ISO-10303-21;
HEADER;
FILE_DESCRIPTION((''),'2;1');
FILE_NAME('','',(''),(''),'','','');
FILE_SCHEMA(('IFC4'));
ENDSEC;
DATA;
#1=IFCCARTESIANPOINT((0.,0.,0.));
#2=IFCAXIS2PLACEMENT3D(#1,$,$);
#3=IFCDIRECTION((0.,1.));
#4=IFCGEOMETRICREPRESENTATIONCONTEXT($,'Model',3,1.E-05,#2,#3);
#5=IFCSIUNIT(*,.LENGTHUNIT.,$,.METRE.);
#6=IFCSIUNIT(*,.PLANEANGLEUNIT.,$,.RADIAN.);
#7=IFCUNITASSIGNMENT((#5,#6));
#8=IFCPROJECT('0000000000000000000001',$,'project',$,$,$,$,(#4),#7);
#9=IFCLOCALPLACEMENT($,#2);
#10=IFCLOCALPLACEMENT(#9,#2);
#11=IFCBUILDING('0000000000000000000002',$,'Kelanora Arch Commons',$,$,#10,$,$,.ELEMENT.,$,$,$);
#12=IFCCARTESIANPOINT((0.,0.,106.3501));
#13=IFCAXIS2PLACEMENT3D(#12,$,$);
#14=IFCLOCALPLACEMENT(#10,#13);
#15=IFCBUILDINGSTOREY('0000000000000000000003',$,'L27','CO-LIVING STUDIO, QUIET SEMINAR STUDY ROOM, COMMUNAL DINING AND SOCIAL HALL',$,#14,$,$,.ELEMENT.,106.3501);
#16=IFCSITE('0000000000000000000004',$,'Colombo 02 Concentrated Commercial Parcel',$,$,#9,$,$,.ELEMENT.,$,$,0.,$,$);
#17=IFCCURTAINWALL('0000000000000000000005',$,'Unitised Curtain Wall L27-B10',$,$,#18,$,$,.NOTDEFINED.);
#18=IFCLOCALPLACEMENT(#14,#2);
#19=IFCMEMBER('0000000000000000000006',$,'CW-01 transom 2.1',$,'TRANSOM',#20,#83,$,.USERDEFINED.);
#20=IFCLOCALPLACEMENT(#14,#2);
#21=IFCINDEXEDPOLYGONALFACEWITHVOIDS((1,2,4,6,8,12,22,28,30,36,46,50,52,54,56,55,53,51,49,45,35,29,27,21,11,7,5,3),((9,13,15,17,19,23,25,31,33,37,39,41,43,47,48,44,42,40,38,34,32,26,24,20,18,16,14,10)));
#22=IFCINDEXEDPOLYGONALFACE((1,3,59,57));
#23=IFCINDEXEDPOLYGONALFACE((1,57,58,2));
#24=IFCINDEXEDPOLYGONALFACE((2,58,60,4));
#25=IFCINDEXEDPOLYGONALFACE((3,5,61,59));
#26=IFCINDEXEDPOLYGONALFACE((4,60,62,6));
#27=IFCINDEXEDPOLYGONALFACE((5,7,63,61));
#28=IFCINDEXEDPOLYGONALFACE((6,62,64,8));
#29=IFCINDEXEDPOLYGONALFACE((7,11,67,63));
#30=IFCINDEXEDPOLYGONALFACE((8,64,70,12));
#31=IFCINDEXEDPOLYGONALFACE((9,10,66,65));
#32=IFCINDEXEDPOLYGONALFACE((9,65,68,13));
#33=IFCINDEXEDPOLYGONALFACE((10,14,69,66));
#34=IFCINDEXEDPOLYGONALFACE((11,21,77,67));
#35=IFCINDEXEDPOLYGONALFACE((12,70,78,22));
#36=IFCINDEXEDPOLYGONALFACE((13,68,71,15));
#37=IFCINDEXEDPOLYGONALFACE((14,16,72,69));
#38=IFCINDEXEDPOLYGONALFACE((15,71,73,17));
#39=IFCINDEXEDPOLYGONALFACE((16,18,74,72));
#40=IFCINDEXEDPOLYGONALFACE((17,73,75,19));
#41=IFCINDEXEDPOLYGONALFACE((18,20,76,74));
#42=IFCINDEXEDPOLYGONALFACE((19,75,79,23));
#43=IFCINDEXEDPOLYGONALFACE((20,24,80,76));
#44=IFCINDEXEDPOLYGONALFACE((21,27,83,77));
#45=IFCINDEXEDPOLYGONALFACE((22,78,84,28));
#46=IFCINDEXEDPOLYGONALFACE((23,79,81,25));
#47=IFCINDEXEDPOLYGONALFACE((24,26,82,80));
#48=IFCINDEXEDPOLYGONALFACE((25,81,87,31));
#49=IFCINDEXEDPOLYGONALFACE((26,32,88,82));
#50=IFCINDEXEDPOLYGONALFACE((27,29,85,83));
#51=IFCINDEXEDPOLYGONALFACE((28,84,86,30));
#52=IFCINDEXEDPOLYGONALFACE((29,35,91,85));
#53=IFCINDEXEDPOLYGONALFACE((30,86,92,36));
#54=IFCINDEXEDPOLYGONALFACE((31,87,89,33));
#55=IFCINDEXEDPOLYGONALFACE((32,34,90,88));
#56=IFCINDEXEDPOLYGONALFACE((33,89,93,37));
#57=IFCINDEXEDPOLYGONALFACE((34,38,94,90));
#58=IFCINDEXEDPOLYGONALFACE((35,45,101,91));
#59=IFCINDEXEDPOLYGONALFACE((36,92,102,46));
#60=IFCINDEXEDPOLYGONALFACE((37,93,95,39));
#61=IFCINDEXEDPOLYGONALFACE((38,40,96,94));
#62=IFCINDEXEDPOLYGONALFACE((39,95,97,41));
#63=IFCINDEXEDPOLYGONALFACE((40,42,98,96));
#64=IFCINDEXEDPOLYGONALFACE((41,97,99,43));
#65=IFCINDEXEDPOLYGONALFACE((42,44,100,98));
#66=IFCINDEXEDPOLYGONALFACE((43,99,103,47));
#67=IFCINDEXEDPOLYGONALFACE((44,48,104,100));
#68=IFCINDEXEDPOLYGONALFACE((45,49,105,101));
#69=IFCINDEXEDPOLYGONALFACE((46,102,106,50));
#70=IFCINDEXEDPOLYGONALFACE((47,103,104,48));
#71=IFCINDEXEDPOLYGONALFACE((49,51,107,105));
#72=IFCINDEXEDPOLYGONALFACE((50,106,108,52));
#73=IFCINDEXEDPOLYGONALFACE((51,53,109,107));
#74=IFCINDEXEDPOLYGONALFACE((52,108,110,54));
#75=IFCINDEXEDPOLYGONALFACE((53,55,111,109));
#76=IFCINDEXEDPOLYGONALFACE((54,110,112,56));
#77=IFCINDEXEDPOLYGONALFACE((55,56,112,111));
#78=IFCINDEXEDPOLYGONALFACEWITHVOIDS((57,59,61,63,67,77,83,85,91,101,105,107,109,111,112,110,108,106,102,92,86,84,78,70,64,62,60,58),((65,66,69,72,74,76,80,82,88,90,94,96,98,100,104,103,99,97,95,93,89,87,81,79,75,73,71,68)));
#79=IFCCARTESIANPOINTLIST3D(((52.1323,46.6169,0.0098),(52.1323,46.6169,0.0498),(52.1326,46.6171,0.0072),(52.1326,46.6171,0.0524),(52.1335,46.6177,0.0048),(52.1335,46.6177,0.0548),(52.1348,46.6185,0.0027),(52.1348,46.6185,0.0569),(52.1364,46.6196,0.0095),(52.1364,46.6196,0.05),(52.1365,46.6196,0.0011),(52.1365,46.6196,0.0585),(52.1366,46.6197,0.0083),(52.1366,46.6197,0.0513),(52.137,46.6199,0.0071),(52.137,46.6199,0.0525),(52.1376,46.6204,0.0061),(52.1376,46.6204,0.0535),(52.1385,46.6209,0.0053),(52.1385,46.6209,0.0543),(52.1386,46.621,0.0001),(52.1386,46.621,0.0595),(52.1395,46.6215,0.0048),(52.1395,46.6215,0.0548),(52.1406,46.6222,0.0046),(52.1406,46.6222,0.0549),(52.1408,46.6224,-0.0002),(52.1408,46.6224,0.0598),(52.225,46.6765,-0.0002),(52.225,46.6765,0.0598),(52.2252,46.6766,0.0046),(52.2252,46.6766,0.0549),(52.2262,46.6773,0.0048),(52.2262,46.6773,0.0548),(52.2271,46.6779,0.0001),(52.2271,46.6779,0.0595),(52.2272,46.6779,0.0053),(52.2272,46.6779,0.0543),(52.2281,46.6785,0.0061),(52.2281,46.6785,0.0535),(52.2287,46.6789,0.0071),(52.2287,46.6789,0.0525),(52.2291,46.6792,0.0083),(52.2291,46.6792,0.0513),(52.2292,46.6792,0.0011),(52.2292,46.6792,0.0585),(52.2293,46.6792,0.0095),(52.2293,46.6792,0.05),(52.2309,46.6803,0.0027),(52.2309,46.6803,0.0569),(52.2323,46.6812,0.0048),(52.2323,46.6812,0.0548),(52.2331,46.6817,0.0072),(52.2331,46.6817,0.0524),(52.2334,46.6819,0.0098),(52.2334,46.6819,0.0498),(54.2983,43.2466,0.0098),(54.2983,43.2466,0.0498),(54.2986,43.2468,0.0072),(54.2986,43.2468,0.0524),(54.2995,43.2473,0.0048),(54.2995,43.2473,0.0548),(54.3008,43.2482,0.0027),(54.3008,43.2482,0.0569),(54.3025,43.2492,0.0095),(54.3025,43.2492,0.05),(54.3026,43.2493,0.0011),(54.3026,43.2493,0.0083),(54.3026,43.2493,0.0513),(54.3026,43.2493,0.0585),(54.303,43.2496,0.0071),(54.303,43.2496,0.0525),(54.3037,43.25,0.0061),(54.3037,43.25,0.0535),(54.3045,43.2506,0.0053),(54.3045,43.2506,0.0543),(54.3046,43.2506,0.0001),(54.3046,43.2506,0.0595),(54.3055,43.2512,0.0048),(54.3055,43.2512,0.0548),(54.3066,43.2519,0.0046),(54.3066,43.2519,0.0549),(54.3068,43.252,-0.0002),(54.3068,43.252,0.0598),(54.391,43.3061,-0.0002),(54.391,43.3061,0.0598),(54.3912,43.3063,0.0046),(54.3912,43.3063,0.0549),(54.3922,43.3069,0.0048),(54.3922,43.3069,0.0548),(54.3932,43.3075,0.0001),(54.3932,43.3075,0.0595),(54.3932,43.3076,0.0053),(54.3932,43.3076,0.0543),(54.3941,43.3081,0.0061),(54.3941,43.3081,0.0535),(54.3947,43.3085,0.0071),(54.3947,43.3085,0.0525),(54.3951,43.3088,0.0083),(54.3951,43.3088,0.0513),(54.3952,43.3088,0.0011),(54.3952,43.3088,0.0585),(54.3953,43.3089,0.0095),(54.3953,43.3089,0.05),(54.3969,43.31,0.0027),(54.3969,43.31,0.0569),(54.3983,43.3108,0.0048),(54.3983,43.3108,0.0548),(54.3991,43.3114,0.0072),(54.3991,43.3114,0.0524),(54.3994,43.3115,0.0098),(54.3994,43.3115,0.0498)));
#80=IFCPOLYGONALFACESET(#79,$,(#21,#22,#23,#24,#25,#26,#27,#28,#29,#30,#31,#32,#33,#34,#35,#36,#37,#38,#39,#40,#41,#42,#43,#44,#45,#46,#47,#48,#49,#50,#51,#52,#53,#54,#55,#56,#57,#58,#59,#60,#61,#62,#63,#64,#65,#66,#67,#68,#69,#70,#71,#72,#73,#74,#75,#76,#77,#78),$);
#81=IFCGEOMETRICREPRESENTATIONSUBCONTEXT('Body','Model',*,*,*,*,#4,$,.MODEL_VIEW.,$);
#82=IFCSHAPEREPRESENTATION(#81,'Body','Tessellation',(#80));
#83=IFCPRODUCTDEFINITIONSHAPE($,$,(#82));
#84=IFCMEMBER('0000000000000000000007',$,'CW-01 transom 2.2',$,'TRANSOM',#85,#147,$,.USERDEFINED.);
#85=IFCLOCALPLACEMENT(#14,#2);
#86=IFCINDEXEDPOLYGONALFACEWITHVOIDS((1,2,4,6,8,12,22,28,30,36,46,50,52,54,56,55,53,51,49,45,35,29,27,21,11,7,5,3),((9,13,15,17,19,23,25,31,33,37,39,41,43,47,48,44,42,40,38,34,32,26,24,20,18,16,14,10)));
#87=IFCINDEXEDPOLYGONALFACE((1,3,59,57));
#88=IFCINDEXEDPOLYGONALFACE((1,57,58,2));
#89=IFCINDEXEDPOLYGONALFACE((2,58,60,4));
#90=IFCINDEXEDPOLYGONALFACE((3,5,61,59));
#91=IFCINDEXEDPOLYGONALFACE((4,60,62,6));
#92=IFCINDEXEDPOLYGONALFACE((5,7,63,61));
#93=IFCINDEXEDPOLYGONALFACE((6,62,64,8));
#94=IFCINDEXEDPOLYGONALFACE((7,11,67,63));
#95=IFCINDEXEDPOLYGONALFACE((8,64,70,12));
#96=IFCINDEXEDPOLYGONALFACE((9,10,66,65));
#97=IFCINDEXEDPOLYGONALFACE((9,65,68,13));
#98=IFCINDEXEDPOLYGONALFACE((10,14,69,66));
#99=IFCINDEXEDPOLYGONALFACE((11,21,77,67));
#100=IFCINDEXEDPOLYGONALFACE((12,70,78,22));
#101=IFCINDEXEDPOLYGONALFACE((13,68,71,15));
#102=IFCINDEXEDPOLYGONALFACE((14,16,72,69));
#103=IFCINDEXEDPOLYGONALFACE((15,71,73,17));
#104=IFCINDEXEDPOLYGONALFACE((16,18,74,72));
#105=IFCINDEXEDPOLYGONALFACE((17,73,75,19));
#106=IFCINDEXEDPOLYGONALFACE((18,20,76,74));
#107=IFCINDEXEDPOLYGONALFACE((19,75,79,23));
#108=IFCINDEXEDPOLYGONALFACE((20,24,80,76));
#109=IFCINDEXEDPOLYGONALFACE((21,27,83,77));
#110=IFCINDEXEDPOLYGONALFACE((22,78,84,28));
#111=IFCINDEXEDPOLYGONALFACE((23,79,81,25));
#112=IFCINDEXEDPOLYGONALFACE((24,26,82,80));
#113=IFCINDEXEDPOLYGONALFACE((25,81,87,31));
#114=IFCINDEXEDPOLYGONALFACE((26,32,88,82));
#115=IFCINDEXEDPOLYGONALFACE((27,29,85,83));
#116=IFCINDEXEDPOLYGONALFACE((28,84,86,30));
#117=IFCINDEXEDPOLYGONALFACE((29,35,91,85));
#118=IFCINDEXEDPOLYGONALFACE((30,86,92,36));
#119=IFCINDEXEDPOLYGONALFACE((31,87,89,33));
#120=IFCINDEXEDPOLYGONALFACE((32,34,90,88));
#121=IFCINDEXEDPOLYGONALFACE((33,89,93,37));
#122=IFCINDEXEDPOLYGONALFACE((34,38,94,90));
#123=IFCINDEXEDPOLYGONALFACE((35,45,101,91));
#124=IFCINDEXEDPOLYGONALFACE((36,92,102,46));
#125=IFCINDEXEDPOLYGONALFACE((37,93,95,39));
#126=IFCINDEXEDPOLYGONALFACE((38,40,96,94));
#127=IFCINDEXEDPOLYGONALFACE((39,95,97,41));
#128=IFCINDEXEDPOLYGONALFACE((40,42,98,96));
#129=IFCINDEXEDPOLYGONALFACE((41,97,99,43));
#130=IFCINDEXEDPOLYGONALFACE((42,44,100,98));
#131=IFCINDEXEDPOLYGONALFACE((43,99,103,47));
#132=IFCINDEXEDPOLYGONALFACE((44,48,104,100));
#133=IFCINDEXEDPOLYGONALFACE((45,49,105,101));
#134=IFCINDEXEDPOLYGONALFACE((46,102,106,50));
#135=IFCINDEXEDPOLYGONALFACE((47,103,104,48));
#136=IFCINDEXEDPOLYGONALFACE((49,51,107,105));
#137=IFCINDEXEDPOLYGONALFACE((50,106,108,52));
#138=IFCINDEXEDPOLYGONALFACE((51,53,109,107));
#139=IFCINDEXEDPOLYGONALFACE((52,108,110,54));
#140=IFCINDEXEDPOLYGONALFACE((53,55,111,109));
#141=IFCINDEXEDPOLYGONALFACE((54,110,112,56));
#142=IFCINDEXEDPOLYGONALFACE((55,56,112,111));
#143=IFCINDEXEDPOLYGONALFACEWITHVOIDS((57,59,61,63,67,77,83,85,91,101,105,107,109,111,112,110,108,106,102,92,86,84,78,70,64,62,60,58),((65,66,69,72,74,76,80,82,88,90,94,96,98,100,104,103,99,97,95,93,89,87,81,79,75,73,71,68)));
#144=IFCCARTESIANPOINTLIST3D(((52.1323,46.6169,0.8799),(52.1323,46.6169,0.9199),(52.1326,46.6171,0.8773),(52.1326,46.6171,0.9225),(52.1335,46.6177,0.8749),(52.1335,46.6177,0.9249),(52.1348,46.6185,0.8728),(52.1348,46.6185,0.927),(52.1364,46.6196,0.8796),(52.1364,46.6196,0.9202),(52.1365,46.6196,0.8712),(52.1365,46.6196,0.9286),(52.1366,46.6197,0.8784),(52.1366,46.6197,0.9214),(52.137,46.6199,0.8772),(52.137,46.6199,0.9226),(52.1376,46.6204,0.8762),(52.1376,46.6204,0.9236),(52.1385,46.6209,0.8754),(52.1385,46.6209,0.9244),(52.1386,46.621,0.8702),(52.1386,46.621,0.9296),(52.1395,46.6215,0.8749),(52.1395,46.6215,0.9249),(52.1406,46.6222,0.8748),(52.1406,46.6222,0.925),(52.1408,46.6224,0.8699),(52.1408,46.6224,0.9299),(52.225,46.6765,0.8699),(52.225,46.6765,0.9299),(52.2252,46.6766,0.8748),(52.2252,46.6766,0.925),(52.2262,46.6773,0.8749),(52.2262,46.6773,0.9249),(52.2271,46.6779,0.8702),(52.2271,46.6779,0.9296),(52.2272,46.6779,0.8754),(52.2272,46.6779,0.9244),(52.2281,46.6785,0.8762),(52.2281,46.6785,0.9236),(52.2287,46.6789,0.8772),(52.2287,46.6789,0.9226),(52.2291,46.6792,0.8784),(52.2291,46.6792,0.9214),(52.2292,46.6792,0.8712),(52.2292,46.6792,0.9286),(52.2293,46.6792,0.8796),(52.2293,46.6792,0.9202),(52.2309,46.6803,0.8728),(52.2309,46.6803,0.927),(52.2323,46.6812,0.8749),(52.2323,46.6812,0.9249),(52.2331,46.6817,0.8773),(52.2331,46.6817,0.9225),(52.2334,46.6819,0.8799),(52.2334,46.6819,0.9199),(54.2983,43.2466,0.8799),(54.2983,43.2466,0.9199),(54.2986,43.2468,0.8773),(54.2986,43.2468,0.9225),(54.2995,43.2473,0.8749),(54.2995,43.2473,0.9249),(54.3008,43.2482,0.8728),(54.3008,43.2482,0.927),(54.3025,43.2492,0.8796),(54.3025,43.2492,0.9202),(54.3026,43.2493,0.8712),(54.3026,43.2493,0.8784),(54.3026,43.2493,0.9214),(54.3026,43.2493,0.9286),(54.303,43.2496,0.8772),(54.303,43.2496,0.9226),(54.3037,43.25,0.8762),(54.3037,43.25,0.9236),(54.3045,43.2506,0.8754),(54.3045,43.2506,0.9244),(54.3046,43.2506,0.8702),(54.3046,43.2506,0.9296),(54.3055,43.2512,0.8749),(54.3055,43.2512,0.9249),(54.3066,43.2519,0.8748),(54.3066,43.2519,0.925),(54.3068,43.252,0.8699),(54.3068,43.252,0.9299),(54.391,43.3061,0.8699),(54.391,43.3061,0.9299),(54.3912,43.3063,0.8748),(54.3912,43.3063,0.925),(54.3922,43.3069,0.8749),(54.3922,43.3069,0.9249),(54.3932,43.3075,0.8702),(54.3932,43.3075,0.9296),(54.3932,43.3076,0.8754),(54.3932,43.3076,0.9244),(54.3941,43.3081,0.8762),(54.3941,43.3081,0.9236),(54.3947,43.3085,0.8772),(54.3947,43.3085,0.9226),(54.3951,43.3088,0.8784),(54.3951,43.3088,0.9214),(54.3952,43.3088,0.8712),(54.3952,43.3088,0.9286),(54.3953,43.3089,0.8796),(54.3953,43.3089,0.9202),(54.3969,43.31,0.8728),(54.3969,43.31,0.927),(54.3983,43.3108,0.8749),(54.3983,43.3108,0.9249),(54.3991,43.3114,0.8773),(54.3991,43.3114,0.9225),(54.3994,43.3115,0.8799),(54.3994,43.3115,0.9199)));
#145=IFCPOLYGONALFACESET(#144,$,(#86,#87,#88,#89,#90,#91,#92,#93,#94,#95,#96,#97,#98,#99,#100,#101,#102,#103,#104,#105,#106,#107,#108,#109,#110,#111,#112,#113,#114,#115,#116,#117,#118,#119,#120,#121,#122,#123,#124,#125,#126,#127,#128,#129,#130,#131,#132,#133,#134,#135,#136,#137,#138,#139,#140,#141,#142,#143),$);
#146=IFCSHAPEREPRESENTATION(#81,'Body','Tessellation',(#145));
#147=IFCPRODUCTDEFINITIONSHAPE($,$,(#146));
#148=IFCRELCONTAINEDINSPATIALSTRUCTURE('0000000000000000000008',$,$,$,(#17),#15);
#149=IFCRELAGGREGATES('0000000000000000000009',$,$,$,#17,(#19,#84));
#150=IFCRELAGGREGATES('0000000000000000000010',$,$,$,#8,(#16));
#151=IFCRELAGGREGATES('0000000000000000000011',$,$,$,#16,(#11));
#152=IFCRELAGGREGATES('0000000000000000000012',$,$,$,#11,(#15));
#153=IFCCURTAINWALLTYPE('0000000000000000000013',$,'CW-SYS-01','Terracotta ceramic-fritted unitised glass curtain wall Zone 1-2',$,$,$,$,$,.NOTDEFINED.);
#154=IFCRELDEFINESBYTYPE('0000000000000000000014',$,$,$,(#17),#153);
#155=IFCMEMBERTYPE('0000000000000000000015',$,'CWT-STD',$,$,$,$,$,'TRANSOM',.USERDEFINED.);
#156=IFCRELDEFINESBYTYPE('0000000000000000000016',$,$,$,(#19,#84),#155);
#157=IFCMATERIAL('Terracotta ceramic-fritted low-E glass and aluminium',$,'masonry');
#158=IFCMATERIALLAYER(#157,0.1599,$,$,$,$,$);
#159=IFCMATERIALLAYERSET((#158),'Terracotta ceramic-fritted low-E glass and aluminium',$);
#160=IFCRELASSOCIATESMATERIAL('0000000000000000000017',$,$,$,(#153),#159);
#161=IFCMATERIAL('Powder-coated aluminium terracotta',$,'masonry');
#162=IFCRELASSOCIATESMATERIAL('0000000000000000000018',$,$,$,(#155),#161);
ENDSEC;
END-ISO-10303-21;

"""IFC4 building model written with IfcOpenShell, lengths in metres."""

from ifc_helpers import new_model, si_unit, direction, frame, origin, origin_2d, place, context, subcontext, project, spatial, hollow_rectangle, extrude, material, layer, layer_set, material_profile, profile_set, type_object, element, aggregate, save


model = new_model("IFC4")

# Units and contexts
model_context = context("Model", 3, precision=1e-05, world=origin(), true_north=direction((0.0, 1.0)))
body_context = subcontext(model_context, "Body", "Model", "MODEL_VIEW")
ifc_project = project(units=[si_unit("LENGTHUNIT", "METRE"), si_unit("PLANEANGLEUNIT", "RADIAN")], contexts=[model_context])

# Site, building, storey
site_placement = place(None, origin())
site = spatial("IfcSite", under=ifc_project, at=site_placement, Name="Colombo 02 Concentrated Commercial Parcel", CompositionType="ELEMENT", RefElevation=0.0)
building_placement = place(site_placement, origin())
building = spatial("IfcBuilding", under=site, at=building_placement, Name="Kelanora Arch Commons", CompositionType="ELEMENT")
storey_placement = place(building_placement, frame((0.0, 0.0, 106.3501)))
storey = spatial("IfcBuildingStorey", under=building, at=storey_placement, Name="L27", Description="CO-LIVING STUDIO, QUIET SEMINAR STUDY ROOM, COMMUNAL DINING AND SOCIAL HALL", CompositionType="ELEMENT", Elevation=106.3501)

# Shared definitions
ifc_material_1 = material(Name="Terracotta ceramic-fritted low-E glass and aluminium", Category="masonry")
ifc_layer_1 = layer(ifc_material_1, 0.1599)
ifc_layer_set_1 = layer_set([ifc_layer_1], Name="Terracotta ceramic-fritted low-E glass and aluminium")
curtain_wall_type = type_object("IfcCurtainWallType", Name="CW-SYS-01", Description="Terracotta ceramic-fritted unitised glass curtain wall Zone 1-2", PredefinedType="NOTDEFINED", material=ifc_layer_set_1)
ifc_material_2 = material(Name="Powder-coated aluminium terracotta", Category="masonry")

# Curtain wall, members
curtain_wall_1_placement = place(storey_placement, origin())
curtain_wall_1 = element("IfcCurtainWall", 1, at=curtain_wall_1_placement, inside=storey, type_object=curtain_wall_type, Name="Unitised Curtain Wall L27-B10", PredefinedType="NOTDEFINED")
ifc_material_profile_1 = material_profile(ifc_material_2, hollow_rectangle(XDim=0.1201, YDim=0.0601, WallThickness=0.0049, InnerFilletRadius=0.0049, OuterFilletRadius=0.01, at=origin_2d()), Name="CWT120x60")
ifc_profile_set_1 = profile_set([ifc_material_profile_1], Name="Powder-coated aluminium terracotta")
member_type_1 = type_object("IfcMemberType", Name="CWT-STD", ElementType="TRANSOM", PredefinedType="USERDEFINED", material=ifc_profile_set_1)
member_1_placement = place(storey_placement, frame((52.1829, 46.6494, 0.0298), z_axis=(0.540644, -0.841252, 0.0), x_axis=(0.841252, 0.540644, 0.0)))
member_1 = element("IfcMember", 2, at=member_1_placement, type_object=member_type_1, Name="CW-01 transom 2.1", ObjectType="TRANSOM", PredefinedType="USERDEFINED", context=body_context, shape_type="SweptSolid", body=[
    extrude(hollow_rectangle(XDim=0.1201, YDim=0.0601, WallThickness=0.0049, InnerFilletRadius=0.0049, OuterFilletRadius=0.01, at=origin_2d()), origin(), (0.0, 0.0, 1.0), 4.0063),
])
member_2_placement = place(storey_placement, frame((52.1829, 46.6494, 0.8999), z_axis=(0.540644, -0.841252, 0.0), x_axis=(0.841252, 0.540644, 0.0)))
member_2 = element("IfcMember", 3, at=member_2_placement, type_object=member_type_1, Name="CW-01 transom 2.2", ObjectType="TRANSOM", PredefinedType="USERDEFINED", context=body_context, shape_type="SweptSolid", body=[
    extrude(hollow_rectangle(XDim=0.1201, YDim=0.0601, WallThickness=0.0049, InnerFilletRadius=0.0049, OuterFilletRadius=0.01, at=origin_2d()), origin(), (0.0, 0.0, 1.0), 4.0063),
])

aggregate(curtain_wall_1, [member_1, member_2])

save(model, "model.ifc")
